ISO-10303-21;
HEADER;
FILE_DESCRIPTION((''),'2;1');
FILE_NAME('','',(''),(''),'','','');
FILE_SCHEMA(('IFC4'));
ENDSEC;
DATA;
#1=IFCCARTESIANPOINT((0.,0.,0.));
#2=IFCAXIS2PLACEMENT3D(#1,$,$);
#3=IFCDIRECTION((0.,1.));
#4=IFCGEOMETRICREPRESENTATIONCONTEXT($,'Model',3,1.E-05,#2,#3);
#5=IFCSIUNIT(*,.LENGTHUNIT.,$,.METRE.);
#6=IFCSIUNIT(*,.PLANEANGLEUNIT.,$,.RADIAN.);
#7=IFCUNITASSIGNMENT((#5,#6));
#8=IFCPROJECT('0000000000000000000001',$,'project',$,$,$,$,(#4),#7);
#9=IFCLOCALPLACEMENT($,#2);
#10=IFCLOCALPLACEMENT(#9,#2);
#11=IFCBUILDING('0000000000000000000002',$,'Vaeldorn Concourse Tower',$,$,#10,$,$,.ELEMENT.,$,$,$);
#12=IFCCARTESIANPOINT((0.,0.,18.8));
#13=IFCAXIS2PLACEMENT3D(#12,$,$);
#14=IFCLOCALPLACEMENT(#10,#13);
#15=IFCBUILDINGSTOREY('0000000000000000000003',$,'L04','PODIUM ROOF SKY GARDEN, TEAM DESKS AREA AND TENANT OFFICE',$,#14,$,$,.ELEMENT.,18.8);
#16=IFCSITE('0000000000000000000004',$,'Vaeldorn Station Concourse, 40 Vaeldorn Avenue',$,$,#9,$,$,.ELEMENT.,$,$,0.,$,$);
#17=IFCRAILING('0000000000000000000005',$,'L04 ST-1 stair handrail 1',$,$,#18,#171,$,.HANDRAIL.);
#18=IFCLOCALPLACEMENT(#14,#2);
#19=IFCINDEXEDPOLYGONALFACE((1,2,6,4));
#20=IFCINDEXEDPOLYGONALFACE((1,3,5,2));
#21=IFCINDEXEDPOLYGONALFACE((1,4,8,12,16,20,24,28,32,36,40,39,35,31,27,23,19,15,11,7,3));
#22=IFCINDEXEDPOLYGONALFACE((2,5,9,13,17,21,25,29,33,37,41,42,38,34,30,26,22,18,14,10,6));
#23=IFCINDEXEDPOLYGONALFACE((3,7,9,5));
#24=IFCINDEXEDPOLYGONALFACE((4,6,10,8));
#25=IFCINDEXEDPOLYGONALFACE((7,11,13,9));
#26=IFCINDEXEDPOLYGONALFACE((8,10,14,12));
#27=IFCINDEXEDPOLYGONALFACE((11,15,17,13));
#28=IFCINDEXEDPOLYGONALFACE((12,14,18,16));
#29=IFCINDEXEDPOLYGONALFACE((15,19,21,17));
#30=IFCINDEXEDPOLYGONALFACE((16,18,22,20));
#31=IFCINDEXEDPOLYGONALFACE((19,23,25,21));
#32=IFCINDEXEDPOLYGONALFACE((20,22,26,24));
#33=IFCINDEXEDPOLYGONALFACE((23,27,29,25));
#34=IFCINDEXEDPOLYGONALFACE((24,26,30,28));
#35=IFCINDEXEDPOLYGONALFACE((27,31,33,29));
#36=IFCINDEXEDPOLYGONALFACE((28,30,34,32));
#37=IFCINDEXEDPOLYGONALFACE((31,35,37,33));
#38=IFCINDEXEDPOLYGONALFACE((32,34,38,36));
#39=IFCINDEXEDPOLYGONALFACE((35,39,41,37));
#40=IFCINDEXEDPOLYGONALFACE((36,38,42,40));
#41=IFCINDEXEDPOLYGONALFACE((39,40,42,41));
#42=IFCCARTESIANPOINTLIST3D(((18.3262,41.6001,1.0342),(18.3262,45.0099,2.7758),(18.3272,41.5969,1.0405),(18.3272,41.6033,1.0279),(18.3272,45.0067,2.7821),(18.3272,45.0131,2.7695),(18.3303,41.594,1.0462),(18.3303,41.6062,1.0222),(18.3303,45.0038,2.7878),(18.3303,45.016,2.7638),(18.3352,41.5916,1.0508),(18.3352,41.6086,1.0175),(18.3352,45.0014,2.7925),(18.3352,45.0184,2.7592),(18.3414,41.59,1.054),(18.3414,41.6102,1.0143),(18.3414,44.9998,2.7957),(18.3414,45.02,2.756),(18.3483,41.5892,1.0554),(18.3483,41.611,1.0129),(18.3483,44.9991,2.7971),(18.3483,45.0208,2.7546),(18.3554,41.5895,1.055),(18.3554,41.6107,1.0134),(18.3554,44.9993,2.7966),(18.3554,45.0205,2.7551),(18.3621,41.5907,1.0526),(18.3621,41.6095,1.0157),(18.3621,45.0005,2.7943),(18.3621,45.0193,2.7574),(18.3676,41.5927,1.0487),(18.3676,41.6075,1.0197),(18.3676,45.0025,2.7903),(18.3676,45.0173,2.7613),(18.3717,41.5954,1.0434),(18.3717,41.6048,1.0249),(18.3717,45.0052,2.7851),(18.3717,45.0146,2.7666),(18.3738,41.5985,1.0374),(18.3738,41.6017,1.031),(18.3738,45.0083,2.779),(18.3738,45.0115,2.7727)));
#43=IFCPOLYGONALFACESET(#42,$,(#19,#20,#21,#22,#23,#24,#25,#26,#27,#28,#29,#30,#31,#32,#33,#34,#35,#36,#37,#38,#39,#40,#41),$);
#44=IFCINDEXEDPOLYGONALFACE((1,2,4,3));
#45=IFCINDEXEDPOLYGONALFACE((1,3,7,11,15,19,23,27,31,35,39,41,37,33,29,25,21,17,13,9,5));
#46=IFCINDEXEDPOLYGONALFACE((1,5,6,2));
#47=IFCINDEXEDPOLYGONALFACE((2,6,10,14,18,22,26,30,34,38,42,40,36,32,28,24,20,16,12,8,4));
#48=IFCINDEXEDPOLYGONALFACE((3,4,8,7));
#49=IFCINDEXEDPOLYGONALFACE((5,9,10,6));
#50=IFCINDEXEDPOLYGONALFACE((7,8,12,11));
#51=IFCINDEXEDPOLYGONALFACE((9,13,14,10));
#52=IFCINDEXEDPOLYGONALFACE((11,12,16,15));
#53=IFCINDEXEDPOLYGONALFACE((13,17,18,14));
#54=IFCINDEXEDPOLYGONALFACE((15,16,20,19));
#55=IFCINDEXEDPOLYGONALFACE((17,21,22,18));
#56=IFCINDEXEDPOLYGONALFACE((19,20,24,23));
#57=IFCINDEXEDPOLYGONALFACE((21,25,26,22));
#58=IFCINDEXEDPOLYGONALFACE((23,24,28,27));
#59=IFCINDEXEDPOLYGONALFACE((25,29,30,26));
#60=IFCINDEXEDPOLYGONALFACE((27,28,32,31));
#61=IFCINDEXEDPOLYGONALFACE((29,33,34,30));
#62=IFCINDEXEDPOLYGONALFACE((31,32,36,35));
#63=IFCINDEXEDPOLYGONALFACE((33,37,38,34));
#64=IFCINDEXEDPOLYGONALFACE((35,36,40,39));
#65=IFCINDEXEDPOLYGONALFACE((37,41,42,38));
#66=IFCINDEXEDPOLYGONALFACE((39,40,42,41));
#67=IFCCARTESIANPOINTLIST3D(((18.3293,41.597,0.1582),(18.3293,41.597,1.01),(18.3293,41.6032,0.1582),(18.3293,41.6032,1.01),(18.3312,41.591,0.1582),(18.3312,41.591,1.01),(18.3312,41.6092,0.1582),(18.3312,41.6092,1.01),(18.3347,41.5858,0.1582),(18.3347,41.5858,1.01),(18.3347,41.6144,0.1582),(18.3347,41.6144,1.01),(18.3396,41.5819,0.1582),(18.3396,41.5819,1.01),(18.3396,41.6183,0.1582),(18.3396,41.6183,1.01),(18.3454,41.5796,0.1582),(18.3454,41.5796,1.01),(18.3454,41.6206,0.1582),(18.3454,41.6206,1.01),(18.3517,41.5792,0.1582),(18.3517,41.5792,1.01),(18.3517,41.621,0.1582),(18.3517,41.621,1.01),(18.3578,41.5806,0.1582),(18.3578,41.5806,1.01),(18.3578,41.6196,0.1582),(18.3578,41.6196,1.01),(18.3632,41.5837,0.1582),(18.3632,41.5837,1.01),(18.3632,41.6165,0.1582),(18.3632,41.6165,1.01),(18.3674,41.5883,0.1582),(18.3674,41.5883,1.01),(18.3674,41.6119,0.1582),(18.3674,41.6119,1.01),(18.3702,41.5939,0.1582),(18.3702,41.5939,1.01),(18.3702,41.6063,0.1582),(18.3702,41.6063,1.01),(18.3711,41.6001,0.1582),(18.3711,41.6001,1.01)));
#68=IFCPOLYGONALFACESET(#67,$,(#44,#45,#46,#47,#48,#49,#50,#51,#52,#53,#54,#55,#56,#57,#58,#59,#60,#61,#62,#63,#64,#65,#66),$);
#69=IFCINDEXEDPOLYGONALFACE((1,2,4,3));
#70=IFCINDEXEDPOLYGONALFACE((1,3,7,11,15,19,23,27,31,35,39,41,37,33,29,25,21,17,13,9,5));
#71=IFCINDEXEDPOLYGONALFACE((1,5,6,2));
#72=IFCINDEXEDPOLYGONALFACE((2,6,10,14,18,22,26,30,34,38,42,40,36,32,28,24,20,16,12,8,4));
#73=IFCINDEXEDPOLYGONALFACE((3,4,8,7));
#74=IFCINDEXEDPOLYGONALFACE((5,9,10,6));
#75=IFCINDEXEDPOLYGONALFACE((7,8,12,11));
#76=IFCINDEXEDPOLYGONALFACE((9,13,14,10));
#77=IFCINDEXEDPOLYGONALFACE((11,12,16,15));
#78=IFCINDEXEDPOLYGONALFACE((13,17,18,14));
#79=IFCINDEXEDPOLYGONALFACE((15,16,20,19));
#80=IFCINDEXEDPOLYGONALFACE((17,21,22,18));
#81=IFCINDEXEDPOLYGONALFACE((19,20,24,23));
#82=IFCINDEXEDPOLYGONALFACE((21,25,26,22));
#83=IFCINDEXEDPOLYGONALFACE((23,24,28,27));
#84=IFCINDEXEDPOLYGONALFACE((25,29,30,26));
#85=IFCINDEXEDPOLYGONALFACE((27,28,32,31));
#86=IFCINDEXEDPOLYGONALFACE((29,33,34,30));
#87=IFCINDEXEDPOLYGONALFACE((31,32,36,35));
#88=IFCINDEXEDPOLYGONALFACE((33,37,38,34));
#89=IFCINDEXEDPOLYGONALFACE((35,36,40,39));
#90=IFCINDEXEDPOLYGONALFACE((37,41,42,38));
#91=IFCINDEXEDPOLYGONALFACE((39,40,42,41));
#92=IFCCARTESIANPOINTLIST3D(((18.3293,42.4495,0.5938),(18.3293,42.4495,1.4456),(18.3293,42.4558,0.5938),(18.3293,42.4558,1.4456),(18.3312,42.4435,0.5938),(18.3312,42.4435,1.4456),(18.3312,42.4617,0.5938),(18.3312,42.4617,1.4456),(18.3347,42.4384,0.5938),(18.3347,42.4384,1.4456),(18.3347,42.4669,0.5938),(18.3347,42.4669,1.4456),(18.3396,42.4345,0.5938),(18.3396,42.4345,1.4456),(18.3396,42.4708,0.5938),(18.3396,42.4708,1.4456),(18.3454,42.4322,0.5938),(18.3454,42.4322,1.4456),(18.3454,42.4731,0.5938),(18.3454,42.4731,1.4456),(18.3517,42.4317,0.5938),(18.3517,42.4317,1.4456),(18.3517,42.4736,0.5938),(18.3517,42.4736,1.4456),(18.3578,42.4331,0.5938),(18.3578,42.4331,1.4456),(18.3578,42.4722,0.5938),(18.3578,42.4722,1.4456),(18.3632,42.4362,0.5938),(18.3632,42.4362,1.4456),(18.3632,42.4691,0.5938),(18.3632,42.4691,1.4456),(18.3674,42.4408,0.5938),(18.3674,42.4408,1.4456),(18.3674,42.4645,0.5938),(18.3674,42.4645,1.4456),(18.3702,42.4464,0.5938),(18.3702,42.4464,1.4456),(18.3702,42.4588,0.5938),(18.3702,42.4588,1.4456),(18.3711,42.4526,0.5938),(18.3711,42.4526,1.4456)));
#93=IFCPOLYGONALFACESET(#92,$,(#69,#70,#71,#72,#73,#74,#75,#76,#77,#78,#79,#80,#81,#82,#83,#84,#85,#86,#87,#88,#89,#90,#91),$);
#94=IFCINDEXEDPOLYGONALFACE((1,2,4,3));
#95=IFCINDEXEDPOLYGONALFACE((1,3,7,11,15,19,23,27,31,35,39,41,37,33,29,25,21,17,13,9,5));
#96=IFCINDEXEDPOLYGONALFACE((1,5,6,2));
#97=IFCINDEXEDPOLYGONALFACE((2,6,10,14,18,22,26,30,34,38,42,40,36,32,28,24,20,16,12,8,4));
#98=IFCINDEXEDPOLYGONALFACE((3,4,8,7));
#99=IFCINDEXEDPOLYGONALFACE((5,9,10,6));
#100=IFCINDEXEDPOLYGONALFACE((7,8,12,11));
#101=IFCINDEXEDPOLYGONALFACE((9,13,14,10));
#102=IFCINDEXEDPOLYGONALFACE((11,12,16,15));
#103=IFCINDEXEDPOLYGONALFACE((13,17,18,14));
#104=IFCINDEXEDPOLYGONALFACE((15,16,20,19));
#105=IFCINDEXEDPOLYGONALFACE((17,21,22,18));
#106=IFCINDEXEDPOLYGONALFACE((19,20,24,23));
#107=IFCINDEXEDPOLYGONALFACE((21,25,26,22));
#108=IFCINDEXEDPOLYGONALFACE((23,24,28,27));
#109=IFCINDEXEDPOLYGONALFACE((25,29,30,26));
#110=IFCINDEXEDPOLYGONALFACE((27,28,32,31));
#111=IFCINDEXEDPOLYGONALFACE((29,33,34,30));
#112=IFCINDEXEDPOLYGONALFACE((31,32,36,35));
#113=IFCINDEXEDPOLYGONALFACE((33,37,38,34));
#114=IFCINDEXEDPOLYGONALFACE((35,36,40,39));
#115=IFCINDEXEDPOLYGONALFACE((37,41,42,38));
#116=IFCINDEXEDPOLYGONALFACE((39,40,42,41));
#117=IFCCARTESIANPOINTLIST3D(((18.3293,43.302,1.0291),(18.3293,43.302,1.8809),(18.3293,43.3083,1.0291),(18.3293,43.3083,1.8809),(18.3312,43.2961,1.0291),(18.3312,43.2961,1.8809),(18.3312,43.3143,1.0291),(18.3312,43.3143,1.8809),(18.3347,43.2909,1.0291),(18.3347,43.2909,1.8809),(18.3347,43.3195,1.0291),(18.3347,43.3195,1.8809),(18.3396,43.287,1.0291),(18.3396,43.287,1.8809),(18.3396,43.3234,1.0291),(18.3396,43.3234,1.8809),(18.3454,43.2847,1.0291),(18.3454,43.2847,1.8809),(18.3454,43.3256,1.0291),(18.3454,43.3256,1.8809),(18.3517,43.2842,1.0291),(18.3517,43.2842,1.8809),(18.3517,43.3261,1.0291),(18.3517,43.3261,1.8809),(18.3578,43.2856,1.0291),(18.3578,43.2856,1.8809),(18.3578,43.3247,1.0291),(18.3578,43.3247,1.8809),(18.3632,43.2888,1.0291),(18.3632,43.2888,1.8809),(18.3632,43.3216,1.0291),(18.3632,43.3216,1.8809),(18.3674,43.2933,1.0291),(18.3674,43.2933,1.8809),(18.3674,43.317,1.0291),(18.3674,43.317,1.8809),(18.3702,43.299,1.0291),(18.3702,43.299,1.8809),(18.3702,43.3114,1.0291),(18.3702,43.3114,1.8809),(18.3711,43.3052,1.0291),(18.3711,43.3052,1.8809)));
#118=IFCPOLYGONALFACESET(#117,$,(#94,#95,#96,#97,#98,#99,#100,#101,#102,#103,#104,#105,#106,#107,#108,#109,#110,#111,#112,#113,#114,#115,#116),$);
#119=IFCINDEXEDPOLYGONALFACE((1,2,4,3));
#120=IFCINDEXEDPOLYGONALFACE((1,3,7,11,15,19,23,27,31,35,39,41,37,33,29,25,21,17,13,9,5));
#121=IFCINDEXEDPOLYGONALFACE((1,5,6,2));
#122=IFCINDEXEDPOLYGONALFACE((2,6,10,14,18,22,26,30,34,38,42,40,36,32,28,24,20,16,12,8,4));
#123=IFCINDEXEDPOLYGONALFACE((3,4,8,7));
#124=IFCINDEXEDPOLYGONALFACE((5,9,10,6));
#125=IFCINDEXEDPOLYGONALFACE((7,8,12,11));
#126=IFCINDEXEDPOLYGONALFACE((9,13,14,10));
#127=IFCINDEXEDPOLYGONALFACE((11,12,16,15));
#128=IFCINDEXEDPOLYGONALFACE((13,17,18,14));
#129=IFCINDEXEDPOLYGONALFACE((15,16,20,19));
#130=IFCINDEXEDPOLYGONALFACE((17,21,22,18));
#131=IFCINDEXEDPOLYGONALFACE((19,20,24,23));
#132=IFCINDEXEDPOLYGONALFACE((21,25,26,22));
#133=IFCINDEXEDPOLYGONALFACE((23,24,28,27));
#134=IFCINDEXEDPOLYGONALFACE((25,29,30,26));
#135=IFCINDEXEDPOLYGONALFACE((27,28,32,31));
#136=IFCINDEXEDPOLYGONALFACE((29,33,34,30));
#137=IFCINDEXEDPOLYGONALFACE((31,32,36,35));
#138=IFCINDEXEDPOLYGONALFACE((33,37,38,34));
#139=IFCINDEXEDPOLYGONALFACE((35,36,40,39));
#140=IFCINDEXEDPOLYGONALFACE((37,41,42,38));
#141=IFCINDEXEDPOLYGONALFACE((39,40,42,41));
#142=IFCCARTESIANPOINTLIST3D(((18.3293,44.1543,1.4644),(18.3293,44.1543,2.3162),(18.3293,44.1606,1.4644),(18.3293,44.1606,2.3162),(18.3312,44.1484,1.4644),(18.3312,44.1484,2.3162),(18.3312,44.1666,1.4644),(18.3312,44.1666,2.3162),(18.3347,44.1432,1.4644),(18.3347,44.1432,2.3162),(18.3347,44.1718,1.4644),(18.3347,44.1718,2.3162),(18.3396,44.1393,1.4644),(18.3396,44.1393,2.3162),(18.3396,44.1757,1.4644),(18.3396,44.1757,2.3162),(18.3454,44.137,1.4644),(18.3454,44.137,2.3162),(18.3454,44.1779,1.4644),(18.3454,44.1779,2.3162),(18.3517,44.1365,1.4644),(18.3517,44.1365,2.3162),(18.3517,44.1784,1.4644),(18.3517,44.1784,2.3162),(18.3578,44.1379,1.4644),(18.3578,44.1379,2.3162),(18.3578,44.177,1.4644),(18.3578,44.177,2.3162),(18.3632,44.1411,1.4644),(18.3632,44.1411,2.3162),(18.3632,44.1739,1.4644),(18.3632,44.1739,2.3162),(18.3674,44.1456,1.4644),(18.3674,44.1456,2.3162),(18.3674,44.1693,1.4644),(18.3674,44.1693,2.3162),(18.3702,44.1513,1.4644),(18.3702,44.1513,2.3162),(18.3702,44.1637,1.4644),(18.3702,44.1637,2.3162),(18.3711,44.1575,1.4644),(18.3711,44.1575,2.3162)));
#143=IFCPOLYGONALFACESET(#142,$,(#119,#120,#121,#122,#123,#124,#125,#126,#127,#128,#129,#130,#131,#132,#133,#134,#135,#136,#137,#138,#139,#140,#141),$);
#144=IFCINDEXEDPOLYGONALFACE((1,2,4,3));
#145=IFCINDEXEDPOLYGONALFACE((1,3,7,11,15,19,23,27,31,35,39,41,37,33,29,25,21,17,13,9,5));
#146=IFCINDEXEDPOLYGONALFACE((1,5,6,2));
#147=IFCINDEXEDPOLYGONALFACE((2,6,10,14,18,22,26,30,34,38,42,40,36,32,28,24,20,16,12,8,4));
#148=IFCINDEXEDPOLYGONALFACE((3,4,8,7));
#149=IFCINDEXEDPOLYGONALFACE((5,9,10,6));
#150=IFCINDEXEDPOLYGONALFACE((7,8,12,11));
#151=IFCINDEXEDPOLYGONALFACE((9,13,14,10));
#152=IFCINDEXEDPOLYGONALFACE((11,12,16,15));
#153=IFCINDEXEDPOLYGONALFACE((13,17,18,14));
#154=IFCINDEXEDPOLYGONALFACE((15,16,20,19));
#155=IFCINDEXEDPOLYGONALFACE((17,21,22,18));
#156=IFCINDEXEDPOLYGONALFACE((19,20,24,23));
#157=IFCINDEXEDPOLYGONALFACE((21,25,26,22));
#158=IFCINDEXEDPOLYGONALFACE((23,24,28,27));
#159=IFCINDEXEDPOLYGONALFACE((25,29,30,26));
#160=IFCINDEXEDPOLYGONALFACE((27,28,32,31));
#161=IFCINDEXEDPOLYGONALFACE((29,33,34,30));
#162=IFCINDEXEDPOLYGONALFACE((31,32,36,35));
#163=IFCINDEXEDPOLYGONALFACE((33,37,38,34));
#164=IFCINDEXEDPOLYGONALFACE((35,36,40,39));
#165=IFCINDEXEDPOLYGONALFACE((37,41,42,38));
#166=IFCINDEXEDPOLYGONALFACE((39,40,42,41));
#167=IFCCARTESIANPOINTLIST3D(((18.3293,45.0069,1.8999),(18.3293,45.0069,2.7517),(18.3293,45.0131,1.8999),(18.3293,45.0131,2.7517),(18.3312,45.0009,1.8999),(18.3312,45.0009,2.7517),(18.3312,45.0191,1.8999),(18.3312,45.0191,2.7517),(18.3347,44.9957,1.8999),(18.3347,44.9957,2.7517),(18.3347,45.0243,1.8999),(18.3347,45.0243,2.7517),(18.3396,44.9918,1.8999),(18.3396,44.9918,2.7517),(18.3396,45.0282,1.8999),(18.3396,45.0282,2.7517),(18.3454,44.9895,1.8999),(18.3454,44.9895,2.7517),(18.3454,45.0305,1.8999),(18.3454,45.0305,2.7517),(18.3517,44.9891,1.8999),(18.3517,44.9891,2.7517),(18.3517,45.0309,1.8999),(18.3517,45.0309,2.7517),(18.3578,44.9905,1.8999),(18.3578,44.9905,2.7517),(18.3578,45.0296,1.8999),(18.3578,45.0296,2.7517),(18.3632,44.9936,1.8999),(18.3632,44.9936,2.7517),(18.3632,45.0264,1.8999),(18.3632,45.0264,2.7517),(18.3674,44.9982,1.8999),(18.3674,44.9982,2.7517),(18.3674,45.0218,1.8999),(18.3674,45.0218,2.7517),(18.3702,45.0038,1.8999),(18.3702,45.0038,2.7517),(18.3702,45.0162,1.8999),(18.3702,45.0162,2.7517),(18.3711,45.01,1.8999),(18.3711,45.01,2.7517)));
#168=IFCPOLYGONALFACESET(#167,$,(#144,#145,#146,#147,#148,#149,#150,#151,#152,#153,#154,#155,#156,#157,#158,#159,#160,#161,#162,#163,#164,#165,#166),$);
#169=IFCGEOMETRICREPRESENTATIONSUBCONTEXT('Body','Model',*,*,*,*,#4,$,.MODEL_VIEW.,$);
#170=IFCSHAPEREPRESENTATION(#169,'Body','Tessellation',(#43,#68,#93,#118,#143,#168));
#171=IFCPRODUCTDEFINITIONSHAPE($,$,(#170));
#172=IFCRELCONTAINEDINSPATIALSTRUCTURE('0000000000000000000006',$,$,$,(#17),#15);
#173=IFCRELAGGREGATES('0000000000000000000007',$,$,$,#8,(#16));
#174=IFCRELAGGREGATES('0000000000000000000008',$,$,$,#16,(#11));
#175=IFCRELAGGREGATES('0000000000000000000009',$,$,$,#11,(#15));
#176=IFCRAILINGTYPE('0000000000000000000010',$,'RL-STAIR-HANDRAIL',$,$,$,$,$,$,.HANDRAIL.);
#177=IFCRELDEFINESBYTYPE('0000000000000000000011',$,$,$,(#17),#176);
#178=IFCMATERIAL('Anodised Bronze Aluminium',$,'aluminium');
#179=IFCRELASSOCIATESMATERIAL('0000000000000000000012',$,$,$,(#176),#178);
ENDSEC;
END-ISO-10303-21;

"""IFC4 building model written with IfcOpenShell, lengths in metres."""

from ifc_helpers import new_model, si_unit, direction, frame, origin, origin_2d, place, context, subcontext, project, spatial, circle, extrude, material, type_object, element, save


model = new_model("IFC4")

# Units and contexts
model_context = context("Model", 3, precision=1e-05, world=origin(), true_north=direction((0.0, 1.0)))
body_context = subcontext(model_context, "Body", "Model", "MODEL_VIEW")
ifc_project = project(units=[si_unit("LENGTHUNIT", "METRE"), si_unit("PLANEANGLEUNIT", "RADIAN")], contexts=[model_context])

# Site, building, storey
site_placement = place(None, origin())
site = spatial("IfcSite", under=ifc_project, at=site_placement, Name="Vaeldorn Station Concourse, 40 Vaeldorn Avenue", CompositionType="ELEMENT", RefElevation=0.0)
building_placement = place(site_placement, origin())
building = spatial("IfcBuilding", under=site, at=building_placement, Name="Vaeldorn Concourse Tower", CompositionType="ELEMENT")
storey_placement = place(building_placement, frame((0.0, 0.0, 18.8)))
storey = spatial("IfcBuildingStorey", under=building, at=storey_placement, Name="L04", Description="PODIUM ROOF SKY GARDEN, TEAM DESKS AREA AND TENANT OFFICE", CompositionType="ELEMENT", Elevation=18.8)

# Shared definitions
ifc_material_1 = material(Name="Anodised Bronze Aluminium", Category="aluminium")

# Railing
railing_type_1 = type_object("IfcRailingType", Name="RL-STAIR-HANDRAIL", PredefinedType="HANDRAIL", material=ifc_material_1)
railing_1_placement = place(storey_placement, frame((18.3501, 41.6001, 0.1582)))
element("IfcRailing", 1, at=railing_1_placement, inside=storey, type_object=railing_type_1, Name="L04 ST-1 stair handrail 1", PredefinedType="HANDRAIL", context=body_context, shape_type="SweptSolid", body=[
    extrude(circle(Radius=0.0239, at=origin_2d()), frame((0.0, 0.0, 0.876), z_axis=(0.0, 0.890556, 0.454874), x_axis=(-1.0, 0.0, 0.0)), (0.0, 0.0, 1.0), 3.8289),
    extrude(circle(Radius=0.021, at=origin_2d()), origin(), (0.0, 0.0, 1.0), 0.8518),
    extrude(circle(Radius=0.021, at=origin_2d()), frame((0.0, 0.8525, 0.4355)), (0.0, 0.0, 1.0), 0.8518),
    extrude(circle(Radius=0.021, at=origin_2d()), frame((0.0, 1.7051, 0.8708)), (0.0, 0.0, 1.0), 0.8518),
    extrude(circle(Radius=0.021, at=origin_2d()), frame((0.0, 2.5574, 1.3062)), (0.0, 0.0, 1.0), 0.8518),
    extrude(circle(Radius=0.021, at=origin_2d()), frame((0.0, 3.4099, 1.7417)), (0.0, 0.0, 1.0), 0.8518),
])

save(model, "model.ifc")
